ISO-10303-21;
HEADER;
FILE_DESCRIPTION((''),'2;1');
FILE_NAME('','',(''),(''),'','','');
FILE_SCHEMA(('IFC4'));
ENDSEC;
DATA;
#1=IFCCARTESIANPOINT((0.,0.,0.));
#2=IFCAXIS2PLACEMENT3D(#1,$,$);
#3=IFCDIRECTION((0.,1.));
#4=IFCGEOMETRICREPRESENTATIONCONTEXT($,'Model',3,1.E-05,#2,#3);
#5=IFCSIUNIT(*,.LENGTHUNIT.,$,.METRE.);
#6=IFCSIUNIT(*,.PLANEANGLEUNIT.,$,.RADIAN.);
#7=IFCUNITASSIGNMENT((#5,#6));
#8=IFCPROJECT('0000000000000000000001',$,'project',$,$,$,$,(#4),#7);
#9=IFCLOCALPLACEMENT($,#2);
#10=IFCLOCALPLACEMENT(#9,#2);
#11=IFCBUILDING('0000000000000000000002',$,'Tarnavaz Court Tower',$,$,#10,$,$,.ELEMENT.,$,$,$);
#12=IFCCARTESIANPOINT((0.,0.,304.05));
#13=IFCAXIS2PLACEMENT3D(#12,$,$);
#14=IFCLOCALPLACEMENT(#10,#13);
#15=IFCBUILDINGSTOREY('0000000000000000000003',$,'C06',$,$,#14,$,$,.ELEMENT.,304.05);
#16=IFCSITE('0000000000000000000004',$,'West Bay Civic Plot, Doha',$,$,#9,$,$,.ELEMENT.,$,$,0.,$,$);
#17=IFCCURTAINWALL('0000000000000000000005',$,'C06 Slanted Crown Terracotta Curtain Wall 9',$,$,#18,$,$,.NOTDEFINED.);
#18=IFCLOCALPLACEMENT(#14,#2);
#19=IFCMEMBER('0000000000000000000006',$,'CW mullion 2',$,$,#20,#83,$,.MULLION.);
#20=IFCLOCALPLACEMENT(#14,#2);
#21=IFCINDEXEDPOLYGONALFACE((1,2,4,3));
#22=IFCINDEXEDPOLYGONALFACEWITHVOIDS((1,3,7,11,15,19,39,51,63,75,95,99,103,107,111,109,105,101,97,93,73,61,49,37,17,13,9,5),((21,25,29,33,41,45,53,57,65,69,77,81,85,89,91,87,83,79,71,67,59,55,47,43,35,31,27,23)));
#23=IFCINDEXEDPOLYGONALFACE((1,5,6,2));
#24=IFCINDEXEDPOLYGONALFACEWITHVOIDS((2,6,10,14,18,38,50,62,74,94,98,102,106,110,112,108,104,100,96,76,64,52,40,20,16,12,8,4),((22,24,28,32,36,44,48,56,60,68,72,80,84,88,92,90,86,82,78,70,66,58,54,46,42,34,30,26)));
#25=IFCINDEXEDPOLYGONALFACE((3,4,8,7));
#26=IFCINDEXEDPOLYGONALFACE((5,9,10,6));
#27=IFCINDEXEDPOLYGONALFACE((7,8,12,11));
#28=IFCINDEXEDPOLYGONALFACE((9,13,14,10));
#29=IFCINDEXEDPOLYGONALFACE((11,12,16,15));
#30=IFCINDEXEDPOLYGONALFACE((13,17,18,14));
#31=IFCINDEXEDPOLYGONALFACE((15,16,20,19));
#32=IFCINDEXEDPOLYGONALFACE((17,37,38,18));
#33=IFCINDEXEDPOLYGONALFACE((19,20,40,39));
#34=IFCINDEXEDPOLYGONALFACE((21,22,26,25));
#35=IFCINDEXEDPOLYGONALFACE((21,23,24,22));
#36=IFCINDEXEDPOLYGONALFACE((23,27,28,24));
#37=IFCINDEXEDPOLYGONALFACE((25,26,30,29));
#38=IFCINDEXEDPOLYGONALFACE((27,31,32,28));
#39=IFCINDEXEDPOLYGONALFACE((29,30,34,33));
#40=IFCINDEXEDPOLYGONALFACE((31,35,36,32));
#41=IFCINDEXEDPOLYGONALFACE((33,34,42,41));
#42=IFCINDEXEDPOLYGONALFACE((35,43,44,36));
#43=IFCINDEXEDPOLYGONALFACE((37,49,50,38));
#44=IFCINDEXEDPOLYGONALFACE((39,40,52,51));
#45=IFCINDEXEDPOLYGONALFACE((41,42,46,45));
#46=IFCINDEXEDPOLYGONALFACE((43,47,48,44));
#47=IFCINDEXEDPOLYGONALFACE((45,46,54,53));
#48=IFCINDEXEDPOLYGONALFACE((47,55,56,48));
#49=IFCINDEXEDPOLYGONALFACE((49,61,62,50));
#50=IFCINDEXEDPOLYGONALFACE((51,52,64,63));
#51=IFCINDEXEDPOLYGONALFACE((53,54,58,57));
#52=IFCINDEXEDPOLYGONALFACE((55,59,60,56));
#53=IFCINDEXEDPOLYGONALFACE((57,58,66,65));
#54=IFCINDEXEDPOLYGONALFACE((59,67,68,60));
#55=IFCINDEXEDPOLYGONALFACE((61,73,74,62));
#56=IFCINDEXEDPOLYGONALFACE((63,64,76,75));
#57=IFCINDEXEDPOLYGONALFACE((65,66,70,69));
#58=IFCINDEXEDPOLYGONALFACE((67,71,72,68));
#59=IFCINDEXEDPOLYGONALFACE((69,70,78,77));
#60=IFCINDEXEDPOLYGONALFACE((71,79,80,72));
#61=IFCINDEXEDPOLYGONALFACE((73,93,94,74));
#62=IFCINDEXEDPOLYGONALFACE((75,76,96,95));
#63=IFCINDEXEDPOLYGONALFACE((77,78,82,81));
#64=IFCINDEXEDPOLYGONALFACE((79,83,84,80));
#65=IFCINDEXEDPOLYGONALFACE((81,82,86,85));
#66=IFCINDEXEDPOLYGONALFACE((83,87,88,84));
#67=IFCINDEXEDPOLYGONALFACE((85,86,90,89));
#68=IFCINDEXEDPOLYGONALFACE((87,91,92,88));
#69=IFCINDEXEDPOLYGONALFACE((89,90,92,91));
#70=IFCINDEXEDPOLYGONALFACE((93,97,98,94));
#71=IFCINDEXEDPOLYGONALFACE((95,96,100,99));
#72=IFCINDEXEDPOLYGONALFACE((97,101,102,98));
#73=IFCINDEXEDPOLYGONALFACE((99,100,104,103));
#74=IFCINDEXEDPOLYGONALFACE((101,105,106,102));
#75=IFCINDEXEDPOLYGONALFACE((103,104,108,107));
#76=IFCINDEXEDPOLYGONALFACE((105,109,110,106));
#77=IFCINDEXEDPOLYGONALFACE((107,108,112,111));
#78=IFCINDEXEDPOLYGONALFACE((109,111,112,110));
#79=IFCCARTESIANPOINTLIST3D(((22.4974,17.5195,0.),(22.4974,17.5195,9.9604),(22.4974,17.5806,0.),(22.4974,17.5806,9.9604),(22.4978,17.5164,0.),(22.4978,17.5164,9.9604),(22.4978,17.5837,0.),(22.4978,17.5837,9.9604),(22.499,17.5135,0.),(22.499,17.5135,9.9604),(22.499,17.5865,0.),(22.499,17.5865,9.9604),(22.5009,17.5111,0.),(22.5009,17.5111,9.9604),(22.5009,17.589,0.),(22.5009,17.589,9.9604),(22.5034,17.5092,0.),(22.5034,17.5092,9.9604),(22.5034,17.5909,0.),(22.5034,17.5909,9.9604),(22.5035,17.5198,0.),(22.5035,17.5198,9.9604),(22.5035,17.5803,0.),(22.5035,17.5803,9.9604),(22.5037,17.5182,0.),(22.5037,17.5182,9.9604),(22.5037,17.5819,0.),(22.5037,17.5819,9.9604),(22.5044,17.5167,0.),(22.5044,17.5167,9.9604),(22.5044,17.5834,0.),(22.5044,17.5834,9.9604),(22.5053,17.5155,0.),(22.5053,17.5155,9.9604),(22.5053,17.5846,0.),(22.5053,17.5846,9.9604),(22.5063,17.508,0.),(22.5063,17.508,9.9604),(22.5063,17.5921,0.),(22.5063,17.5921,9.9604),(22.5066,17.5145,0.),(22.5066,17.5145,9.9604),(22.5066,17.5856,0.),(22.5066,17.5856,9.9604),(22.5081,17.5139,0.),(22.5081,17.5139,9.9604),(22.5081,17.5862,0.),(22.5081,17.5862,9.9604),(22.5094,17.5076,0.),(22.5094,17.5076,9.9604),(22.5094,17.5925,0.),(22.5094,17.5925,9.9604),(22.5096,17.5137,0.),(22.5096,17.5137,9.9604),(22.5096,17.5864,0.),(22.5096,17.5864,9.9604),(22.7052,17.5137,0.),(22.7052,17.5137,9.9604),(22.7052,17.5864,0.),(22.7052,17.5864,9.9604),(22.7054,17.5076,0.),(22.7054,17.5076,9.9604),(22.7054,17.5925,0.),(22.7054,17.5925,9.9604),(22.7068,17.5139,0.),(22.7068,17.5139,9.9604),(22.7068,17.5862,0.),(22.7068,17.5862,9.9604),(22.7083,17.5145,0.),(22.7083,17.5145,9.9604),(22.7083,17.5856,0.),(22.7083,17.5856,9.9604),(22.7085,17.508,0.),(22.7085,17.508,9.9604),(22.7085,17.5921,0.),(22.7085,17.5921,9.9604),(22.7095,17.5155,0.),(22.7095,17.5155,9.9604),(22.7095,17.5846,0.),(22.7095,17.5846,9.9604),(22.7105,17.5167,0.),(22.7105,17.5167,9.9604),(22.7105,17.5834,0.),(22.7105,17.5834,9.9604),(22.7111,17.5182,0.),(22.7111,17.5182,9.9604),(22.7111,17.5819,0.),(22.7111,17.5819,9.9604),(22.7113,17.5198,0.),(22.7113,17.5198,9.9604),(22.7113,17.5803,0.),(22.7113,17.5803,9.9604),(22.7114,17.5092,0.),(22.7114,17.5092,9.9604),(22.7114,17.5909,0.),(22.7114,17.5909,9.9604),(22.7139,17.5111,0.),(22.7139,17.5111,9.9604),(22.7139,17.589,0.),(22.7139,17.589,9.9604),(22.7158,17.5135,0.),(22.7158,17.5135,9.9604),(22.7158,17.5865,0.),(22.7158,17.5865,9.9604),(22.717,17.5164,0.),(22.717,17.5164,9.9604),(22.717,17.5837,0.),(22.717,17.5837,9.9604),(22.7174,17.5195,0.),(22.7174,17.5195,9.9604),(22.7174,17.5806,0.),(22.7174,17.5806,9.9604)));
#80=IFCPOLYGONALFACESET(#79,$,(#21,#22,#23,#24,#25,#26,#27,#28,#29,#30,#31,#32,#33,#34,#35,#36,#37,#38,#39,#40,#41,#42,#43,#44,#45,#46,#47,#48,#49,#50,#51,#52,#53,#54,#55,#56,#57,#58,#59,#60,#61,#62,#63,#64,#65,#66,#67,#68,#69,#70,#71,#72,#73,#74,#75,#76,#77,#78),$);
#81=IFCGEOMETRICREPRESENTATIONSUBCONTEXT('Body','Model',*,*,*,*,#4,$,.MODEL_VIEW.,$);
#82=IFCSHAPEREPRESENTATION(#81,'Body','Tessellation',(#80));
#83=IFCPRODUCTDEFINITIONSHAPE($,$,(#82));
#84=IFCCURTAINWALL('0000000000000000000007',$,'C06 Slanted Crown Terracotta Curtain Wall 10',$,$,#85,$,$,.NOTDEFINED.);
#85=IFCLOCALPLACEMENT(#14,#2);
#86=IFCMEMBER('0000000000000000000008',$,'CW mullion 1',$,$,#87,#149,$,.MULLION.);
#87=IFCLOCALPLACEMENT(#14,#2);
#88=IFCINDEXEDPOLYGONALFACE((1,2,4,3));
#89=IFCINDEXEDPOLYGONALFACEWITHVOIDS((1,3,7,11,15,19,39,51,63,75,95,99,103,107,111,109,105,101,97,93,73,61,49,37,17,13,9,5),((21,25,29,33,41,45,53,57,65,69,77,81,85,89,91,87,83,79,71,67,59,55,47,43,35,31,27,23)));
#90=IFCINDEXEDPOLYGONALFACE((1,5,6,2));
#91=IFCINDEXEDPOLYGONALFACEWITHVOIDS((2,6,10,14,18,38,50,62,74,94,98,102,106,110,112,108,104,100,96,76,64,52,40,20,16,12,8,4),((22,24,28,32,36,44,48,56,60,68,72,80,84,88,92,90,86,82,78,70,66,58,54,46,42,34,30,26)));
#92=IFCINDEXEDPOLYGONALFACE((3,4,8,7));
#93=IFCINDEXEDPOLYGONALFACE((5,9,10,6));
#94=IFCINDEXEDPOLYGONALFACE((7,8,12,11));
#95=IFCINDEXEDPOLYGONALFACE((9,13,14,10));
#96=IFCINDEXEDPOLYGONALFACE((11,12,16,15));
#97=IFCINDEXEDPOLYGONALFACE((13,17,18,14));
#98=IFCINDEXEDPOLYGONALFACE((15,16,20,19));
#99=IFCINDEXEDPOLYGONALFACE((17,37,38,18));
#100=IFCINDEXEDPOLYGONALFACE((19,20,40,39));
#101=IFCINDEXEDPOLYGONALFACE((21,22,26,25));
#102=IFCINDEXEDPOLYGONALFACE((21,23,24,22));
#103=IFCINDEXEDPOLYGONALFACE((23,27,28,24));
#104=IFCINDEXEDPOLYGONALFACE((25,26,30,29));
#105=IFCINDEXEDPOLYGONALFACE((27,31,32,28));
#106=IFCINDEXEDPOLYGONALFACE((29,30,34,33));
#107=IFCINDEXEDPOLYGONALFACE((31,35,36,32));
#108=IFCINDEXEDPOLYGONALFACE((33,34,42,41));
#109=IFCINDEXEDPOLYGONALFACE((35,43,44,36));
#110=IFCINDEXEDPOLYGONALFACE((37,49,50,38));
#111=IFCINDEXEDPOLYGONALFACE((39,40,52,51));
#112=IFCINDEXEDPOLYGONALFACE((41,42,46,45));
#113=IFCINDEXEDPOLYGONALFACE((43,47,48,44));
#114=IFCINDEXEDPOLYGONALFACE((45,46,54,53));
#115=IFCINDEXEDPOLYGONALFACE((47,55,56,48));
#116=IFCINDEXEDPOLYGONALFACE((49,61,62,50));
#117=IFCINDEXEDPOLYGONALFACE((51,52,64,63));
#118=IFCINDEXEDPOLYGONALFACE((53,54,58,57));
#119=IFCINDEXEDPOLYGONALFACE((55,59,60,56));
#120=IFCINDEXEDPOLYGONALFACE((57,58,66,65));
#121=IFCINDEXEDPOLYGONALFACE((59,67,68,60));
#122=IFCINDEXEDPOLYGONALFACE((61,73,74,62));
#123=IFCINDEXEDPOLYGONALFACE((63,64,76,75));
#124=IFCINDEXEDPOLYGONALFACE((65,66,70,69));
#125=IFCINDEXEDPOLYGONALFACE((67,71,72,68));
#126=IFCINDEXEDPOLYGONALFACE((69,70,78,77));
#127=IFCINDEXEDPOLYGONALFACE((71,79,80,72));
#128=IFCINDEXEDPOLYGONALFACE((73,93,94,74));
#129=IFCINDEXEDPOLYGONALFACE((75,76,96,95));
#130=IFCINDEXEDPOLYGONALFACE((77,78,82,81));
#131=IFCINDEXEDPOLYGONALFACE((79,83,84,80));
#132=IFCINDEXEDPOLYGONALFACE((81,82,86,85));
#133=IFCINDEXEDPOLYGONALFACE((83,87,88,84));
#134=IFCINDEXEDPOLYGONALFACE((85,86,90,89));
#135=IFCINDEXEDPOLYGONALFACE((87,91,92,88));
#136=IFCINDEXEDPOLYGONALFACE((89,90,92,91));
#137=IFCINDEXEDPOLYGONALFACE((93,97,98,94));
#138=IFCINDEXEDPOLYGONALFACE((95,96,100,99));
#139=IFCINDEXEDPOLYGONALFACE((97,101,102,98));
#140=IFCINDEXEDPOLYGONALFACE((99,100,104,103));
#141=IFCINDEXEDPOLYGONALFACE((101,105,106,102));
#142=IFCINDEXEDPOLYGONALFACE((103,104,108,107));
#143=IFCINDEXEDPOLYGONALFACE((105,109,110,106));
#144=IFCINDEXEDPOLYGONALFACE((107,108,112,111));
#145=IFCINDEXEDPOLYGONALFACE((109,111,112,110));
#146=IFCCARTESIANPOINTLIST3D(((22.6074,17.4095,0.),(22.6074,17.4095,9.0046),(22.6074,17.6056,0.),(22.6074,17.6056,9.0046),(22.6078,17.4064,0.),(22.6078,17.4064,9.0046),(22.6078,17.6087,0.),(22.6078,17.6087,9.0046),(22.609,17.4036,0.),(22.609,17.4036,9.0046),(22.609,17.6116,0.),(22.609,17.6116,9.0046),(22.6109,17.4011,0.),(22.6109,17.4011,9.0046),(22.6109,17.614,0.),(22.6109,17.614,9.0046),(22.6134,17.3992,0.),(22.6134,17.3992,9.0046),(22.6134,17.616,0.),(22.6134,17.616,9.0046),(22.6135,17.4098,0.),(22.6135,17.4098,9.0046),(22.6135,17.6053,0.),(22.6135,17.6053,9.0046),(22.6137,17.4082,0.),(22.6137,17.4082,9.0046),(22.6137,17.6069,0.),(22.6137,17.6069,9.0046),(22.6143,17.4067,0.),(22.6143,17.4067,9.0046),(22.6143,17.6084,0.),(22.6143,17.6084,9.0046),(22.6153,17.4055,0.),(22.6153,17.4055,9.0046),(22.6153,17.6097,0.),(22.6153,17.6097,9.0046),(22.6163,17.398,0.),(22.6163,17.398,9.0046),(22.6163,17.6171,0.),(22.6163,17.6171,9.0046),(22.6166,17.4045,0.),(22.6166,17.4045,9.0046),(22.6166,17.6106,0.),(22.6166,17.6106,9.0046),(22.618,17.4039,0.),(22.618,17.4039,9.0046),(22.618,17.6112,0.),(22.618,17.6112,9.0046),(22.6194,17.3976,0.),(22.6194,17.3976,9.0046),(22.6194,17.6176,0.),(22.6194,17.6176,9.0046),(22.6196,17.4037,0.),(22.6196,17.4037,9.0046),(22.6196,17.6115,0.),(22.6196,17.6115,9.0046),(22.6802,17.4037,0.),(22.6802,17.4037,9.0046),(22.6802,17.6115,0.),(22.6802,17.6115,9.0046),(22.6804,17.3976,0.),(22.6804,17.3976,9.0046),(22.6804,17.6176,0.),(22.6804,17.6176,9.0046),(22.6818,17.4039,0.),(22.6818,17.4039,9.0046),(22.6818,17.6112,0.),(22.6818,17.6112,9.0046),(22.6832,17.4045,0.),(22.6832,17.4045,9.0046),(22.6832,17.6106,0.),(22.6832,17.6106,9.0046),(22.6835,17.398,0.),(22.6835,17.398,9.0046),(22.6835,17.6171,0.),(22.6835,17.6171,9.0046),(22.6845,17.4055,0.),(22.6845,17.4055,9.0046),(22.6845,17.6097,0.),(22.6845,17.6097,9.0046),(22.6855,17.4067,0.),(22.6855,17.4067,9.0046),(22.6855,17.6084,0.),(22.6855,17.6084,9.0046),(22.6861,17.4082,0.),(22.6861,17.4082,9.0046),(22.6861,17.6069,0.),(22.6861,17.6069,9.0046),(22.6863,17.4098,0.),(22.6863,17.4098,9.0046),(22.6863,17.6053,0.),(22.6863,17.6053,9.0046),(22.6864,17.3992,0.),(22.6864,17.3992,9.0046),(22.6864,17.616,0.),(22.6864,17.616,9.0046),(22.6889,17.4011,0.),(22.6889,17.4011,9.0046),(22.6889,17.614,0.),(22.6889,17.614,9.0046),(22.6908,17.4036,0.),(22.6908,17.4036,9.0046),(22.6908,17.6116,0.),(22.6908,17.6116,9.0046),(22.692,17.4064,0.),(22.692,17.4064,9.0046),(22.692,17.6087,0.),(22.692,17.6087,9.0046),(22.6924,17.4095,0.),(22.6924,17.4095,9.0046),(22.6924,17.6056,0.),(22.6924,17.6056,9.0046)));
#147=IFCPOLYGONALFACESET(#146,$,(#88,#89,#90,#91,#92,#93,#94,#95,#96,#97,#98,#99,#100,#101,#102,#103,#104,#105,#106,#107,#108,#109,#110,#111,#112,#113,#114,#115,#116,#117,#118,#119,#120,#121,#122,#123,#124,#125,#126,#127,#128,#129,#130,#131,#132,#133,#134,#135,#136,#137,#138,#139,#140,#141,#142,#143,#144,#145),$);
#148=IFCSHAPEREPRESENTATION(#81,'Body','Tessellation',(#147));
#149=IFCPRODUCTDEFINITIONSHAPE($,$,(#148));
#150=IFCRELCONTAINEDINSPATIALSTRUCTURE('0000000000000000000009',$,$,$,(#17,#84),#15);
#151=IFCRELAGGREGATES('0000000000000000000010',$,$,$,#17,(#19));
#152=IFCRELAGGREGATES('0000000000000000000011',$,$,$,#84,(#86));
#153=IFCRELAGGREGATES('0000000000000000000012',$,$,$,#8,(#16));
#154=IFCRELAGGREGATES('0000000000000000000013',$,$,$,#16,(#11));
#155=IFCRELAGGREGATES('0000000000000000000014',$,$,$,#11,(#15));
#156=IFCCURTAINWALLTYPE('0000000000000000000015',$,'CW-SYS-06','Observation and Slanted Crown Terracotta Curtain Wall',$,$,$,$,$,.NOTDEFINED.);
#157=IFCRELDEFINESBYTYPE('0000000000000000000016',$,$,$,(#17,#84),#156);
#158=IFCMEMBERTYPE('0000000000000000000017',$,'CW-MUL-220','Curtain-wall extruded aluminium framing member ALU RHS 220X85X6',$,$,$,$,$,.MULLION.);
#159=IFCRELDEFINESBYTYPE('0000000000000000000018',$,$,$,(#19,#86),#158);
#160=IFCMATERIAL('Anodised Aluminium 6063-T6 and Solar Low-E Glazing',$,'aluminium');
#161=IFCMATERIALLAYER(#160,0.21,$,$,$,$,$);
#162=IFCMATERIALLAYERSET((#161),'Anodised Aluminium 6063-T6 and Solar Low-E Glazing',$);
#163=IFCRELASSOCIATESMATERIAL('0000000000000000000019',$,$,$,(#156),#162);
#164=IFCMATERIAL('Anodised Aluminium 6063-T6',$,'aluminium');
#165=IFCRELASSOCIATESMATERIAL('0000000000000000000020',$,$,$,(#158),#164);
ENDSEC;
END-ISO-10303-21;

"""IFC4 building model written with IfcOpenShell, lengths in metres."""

from ifc_helpers import new_model, si_unit, direction, frame, origin, origin_2d, place, context, subcontext, project, spatial, hollow_rectangle, extrude, material, layer, layer_set, material_profile, profile_set, type_object, element, aggregate, save


model = new_model("IFC4")

# Units and contexts
model_context = context("Model", 3, precision=1e-05, world=origin(), true_north=direction((0.0, 1.0)))
body_context = subcontext(model_context, "Body", "Model", "MODEL_VIEW")
ifc_project = project(units=[si_unit("LENGTHUNIT", "METRE"), si_unit("PLANEANGLEUNIT", "RADIAN")], contexts=[model_context])

# Site, building, storey
site_placement = place(None, origin())
site = spatial("IfcSite", under=ifc_project, at=site_placement, Name="West Bay Civic Plot, Doha", CompositionType="ELEMENT", RefElevation=0.0)
building_placement = place(site_placement, origin())
building = spatial("IfcBuilding", under=site, at=building_placement, Name="Tarnavaz Court Tower", CompositionType="ELEMENT")
storey_placement = place(building_placement, frame((0.0, 0.0, 304.05)))
storey = spatial("IfcBuildingStorey", under=building, at=storey_placement, Name="C06", CompositionType="ELEMENT", Elevation=304.05)

# Curtain walls, members
ifc_material_1 = material(Name="Anodised Aluminium 6063-T6 and Solar Low-E Glazing", Category="aluminium")
ifc_layer_1 = layer(ifc_material_1, 0.21)
ifc_layer_set_1 = layer_set([ifc_layer_1], Name="Anodised Aluminium 6063-T6 and Solar Low-E Glazing")
curtain_wall_type = type_object("IfcCurtainWallType", Name="CW-SYS-06", Description="Observation and Slanted Crown Terracotta Curtain Wall", PredefinedType="NOTDEFINED", material=ifc_layer_set_1)
curtain_wall_1_placement = place(storey_placement, origin())
curtain_wall_1 = element("IfcCurtainWall", 1, at=curtain_wall_1_placement, inside=storey, type_object=curtain_wall_type, Name="C06 Slanted Crown Terracotta Curtain Wall 9", PredefinedType="NOTDEFINED")
ifc_material_2 = material(Name="Anodised Aluminium 6063-T6", Category="aluminium")
ifc_material_profile_1 = material_profile(ifc_material_2, hollow_rectangle(XDim=0.085, YDim=0.22, WallThickness=0.0061, InnerFilletRadius=0.0061, OuterFilletRadius=0.012, at=origin_2d()), Name="ALU RHS 220X85X6")
ifc_profile_set_1 = profile_set([ifc_material_profile_1], Name="Anodised Aluminium 6063-T6")
member_type_1 = type_object("IfcMemberType", Name="CW-MUL-220", Description="Curtain-wall extruded aluminium framing member ALU RHS 220X85X6", PredefinedType="MULLION", material=ifc_profile_set_1)
member_1_placement = place(storey_placement, frame((22.6074, 17.55, 0.0), z_axis=(0.0, 0.0, 1.0), x_axis=(0.0, 1.0, 0.0)))
member_1 = element("IfcMember", 2, at=member_1_placement, type_object=member_type_1, Name="CW mullion 2", PredefinedType="MULLION", context=body_context, shape_type="SweptSolid", body=[
    extrude(hollow_rectangle(XDim=0.085, YDim=0.22, WallThickness=0.0061, InnerFilletRadius=0.0061, OuterFilletRadius=0.012, at=origin_2d()), origin(), (0.0, 0.0, 1.0), 9.9604),
])
curtain_wall_2_placement = place(storey_placement, origin())
curtain_wall_2 = element("IfcCurtainWall", 3, at=curtain_wall_2_placement, inside=storey, type_object=curtain_wall_type, Name="C06 Slanted Crown Terracotta Curtain Wall 10", PredefinedType="NOTDEFINED")
member_2_placement = place(storey_placement, frame((22.6499, 17.5076, 0.0), z_axis=(0.0, 0.0, 1.0), x_axis=(1.0, 0.0, 0.0)))
member_2 = element("IfcMember", 4, at=member_2_placement, type_object=member_type_1, Name="CW mullion 1", PredefinedType="MULLION", context=body_context, shape_type="SweptSolid", body=[
    extrude(hollow_rectangle(XDim=0.085, YDim=0.22, WallThickness=0.0061, InnerFilletRadius=0.0061, OuterFilletRadius=0.012, at=origin_2d()), origin(), (0.0, 0.0, 1.0), 9.0046),
])

aggregate(curtain_wall_1, [member_1])
aggregate(curtain_wall_2, [member_2])

save(model, "model.ifc")
